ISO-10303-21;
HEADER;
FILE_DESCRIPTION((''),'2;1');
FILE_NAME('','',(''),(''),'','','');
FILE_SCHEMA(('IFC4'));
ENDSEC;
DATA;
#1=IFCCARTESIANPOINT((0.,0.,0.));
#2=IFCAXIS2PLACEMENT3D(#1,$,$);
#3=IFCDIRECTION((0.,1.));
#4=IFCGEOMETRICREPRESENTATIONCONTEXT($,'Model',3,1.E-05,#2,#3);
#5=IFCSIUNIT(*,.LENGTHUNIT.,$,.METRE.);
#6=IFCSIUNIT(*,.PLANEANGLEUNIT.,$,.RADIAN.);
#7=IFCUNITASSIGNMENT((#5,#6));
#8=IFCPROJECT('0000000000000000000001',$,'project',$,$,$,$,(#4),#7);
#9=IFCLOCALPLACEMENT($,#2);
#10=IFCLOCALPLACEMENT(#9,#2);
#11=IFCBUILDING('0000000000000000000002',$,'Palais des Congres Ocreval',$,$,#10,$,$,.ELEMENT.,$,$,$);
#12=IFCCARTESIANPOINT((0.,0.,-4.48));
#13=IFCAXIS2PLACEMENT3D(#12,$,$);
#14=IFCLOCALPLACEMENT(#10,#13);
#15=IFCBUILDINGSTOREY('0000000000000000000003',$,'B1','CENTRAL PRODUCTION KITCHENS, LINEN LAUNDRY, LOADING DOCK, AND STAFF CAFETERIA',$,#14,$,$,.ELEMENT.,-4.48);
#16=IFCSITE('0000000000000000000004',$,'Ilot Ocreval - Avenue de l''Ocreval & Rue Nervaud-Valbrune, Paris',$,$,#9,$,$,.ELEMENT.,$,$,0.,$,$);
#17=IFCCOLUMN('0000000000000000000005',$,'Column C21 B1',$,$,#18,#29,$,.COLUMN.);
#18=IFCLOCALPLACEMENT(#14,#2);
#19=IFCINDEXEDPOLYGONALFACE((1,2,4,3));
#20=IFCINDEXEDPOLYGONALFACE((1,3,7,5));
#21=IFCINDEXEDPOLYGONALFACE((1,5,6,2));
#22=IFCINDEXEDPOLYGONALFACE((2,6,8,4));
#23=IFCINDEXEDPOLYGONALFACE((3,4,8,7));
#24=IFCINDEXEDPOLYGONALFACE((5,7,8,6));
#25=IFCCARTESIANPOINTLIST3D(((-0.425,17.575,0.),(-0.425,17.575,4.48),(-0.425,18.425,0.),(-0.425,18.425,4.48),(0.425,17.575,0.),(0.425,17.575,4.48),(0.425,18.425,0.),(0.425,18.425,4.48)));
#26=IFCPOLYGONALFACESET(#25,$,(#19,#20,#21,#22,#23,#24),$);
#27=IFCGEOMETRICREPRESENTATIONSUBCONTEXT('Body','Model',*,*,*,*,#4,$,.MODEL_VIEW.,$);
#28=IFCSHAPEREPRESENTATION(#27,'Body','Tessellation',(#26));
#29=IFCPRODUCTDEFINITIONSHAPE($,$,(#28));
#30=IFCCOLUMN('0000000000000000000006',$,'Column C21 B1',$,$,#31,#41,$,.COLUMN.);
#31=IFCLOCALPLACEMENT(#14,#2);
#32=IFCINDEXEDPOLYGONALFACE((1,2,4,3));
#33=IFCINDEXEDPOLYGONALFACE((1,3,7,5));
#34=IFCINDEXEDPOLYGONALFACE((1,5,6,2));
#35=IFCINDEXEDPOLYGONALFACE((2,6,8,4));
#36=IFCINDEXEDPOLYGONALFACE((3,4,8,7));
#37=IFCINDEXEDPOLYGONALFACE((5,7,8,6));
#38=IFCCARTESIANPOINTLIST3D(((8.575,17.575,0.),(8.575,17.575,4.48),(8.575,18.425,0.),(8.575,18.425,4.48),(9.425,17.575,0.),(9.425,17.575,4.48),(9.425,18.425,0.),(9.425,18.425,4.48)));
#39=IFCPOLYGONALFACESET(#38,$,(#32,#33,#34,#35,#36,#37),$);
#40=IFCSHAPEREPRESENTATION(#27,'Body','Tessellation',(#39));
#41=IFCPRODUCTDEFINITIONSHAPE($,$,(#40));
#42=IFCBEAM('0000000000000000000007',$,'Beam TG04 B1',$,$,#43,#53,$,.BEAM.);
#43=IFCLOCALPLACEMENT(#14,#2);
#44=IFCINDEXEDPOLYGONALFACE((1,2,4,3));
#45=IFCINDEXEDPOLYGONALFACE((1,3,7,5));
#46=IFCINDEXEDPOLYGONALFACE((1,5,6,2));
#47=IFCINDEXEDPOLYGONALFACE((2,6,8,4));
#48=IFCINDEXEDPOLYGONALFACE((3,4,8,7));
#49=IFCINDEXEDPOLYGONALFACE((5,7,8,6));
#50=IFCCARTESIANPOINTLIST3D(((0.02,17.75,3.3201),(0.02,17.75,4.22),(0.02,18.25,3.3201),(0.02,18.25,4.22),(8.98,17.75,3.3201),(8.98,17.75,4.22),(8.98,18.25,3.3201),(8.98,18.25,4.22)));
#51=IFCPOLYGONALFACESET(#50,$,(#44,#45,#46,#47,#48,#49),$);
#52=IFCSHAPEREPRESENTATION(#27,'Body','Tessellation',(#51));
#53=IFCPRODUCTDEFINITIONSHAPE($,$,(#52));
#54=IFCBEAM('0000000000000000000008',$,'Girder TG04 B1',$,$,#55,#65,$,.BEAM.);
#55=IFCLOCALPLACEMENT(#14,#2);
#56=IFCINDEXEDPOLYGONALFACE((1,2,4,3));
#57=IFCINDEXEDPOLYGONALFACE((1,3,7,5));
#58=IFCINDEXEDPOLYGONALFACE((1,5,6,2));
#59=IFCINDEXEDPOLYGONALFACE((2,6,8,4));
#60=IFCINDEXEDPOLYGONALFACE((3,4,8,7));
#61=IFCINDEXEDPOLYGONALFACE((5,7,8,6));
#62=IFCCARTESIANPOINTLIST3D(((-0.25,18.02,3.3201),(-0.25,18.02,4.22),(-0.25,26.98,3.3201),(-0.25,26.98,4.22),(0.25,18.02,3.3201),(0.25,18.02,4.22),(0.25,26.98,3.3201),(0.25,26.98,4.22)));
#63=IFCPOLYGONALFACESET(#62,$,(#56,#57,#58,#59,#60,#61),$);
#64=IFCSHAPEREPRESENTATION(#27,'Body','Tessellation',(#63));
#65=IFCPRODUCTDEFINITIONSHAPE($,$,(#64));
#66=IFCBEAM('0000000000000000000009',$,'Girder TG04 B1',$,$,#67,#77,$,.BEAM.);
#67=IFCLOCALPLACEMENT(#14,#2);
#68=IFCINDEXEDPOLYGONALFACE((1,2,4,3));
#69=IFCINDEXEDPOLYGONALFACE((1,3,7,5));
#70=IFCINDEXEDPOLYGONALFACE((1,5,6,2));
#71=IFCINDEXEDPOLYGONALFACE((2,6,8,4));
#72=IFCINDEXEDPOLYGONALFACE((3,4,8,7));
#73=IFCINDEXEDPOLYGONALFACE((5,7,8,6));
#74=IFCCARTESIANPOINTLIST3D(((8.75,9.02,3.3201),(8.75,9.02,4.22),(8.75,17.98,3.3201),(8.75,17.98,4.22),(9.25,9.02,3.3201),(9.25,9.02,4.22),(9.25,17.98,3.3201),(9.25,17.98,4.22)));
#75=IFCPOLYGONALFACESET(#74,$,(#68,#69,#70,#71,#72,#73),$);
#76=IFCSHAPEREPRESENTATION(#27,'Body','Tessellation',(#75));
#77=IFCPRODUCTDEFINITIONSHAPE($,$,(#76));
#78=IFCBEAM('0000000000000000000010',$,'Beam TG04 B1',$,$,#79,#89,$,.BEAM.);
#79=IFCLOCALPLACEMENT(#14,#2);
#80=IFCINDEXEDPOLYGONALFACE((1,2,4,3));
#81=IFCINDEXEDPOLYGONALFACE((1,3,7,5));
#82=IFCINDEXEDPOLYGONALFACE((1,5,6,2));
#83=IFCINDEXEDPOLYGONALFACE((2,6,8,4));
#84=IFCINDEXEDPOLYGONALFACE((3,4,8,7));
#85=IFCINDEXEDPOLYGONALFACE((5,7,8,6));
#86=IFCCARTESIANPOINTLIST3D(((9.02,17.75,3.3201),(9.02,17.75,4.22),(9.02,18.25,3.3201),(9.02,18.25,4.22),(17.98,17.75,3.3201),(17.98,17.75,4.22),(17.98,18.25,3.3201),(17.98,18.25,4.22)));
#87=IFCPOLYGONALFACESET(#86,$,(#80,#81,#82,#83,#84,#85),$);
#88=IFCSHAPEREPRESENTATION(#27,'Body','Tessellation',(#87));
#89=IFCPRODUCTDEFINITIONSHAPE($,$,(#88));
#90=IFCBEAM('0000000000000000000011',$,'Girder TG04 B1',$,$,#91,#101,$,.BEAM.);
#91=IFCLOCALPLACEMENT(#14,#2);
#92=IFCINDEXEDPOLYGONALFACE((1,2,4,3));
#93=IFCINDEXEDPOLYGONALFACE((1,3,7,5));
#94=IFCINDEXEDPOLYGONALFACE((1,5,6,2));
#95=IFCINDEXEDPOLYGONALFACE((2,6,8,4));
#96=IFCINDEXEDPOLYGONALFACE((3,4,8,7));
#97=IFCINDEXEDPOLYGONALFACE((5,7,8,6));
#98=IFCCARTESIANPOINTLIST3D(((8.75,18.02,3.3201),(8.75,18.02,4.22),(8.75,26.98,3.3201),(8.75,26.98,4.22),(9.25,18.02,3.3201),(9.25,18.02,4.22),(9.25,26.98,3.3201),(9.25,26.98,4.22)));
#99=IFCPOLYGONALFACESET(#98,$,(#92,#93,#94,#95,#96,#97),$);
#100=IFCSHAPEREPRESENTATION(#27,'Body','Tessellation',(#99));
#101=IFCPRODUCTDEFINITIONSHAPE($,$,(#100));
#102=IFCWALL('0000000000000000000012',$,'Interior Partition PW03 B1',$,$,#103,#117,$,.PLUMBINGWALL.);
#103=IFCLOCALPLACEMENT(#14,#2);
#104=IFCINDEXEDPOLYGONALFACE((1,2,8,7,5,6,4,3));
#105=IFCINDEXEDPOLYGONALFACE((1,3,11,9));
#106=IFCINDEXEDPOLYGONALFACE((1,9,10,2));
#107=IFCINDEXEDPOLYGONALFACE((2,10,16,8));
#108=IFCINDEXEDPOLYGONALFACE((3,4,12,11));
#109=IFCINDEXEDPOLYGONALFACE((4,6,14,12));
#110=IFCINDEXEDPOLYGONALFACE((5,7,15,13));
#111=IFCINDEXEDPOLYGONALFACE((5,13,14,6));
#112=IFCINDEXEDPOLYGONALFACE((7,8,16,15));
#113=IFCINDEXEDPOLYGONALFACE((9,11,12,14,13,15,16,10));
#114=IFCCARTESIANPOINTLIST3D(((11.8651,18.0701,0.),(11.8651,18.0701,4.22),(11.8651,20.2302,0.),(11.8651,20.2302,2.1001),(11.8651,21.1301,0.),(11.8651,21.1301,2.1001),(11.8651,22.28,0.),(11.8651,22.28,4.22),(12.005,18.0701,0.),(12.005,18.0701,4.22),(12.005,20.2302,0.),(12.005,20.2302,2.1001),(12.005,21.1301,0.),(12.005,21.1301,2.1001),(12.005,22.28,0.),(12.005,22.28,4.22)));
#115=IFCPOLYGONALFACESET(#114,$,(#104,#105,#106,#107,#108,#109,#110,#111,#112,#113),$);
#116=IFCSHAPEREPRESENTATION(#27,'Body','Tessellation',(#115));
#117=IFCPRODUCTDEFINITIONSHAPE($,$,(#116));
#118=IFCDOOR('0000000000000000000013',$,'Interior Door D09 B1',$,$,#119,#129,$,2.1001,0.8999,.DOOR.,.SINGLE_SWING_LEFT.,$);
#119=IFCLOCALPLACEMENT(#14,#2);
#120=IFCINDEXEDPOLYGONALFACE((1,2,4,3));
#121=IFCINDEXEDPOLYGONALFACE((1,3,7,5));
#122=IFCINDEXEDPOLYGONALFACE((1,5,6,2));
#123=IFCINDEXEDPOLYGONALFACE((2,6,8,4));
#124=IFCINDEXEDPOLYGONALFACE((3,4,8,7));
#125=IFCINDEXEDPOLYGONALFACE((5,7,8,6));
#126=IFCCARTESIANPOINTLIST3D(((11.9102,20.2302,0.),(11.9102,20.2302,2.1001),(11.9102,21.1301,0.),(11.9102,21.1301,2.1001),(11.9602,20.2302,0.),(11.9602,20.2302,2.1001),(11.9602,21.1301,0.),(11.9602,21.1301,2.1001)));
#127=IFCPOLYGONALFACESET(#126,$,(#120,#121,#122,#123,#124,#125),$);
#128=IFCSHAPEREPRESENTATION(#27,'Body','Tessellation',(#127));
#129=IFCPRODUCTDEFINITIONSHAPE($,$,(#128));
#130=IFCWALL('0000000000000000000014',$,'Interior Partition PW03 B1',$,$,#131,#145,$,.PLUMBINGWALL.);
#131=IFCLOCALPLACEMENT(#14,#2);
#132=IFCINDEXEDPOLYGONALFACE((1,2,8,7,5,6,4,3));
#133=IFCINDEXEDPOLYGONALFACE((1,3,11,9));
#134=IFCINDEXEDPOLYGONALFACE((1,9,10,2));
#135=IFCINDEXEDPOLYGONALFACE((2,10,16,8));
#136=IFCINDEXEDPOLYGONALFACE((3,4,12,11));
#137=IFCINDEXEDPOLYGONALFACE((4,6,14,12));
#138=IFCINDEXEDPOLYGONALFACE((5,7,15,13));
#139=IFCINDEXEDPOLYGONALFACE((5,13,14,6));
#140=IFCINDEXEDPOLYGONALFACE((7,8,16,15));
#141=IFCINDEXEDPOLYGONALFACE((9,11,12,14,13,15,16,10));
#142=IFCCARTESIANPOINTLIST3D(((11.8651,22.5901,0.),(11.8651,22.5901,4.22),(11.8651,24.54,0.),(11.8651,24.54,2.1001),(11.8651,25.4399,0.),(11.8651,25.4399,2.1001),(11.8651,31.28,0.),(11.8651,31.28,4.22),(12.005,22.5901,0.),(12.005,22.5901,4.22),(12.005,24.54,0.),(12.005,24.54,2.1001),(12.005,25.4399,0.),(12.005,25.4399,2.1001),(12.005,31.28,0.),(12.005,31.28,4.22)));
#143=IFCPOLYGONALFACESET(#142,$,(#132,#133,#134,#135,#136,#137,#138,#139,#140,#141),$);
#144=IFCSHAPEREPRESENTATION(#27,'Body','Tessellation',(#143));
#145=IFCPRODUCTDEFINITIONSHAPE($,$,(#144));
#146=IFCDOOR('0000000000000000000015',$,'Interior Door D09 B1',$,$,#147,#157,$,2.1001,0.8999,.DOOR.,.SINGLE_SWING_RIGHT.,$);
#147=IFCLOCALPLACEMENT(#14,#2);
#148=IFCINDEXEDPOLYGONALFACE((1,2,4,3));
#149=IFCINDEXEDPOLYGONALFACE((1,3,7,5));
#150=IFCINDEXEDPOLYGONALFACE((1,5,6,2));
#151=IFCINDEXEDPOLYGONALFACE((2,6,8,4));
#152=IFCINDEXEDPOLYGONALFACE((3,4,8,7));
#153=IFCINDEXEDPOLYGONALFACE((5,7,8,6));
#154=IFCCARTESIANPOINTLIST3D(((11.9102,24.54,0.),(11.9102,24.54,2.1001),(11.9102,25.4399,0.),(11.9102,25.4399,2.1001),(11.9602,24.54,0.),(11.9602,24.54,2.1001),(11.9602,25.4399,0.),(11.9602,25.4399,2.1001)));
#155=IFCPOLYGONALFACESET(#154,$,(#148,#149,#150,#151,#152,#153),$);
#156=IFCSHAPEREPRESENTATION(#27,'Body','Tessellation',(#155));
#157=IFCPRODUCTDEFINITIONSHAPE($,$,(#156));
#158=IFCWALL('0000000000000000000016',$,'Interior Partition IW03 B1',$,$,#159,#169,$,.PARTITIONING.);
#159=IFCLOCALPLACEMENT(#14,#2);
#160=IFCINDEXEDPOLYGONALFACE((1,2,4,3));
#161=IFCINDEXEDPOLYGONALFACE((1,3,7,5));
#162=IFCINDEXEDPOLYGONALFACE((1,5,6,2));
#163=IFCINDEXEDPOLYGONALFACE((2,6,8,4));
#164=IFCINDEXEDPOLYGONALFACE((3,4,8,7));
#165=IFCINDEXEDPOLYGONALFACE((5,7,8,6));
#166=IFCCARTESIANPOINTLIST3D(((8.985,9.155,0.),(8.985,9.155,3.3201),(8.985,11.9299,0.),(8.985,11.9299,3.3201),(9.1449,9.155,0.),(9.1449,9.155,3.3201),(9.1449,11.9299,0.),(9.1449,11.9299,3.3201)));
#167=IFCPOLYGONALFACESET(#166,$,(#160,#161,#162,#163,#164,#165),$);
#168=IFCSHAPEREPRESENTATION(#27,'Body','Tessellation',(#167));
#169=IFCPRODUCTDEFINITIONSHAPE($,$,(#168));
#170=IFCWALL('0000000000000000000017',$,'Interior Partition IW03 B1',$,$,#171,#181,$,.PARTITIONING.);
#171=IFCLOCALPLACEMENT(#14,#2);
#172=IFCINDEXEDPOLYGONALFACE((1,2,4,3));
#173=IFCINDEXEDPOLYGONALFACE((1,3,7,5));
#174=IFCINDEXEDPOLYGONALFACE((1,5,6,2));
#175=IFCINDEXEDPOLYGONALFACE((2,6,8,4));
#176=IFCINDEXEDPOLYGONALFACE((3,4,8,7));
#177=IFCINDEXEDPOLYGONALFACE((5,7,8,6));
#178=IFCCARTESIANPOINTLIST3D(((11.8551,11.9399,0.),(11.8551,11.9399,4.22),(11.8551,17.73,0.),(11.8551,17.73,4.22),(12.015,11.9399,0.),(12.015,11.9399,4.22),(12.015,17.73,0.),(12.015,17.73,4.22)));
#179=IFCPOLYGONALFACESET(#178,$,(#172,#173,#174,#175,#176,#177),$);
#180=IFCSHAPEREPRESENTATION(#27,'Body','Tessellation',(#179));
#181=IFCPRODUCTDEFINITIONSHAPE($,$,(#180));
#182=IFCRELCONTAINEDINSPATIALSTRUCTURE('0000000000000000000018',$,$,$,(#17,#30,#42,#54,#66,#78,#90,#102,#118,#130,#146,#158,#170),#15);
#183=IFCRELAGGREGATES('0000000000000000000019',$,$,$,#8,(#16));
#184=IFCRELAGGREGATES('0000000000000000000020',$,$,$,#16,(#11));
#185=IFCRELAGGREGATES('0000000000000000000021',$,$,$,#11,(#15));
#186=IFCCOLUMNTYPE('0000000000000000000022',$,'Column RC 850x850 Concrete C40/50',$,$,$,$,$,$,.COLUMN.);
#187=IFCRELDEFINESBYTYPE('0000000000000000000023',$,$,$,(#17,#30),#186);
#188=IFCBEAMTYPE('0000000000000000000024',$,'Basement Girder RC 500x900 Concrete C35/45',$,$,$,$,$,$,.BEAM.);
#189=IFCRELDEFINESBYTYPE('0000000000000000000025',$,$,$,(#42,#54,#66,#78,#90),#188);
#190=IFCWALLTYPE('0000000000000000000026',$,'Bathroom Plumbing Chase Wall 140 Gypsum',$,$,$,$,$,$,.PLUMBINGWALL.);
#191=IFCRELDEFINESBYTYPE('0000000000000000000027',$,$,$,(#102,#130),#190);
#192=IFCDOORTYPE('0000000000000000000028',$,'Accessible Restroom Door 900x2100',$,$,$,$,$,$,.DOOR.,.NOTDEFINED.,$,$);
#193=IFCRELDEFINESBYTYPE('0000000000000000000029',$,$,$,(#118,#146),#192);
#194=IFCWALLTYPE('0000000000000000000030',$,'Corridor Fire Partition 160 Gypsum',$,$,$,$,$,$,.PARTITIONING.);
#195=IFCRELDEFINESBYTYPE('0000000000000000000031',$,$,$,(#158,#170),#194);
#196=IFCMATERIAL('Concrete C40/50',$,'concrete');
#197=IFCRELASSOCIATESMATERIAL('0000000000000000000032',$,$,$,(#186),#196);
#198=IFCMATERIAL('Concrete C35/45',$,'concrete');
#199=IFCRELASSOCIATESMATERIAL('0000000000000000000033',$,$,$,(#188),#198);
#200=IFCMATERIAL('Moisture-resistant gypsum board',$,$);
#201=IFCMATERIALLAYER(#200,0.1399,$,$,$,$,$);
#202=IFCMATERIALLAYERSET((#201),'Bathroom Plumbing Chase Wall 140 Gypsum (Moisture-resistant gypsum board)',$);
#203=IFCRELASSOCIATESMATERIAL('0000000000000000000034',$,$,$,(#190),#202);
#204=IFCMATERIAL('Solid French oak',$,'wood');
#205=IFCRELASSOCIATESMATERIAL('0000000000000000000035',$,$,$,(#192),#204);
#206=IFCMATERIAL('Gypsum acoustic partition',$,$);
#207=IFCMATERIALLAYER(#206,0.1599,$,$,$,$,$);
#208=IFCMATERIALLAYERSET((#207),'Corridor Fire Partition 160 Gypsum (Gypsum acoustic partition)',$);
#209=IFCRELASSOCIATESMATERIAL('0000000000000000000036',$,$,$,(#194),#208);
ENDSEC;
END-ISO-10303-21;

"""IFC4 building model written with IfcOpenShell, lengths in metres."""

from ifc_helpers import new_model, si_unit, direction, frame, frame_2d, origin, origin_2d, place, context, subcontext, project, spatial, rectangle, extrude, material, layer, layer_set, material_profile, profile_set, type_object, element, fill, save


model = new_model("IFC4")

# Units and contexts
model_context = context("Model", 3, precision=1e-05, world=origin(), true_north=direction((0.0, 1.0)))
body_context = subcontext(model_context, "Body", "Model", "MODEL_VIEW")
ifc_project = project(units=[si_unit("LENGTHUNIT", "METRE"), si_unit("PLANEANGLEUNIT", "RADIAN")], contexts=[model_context])

# Site, building, storey
site_placement = place(None, origin())
site = spatial("IfcSite", under=ifc_project, at=site_placement, Name="Ilot Ocreval - Avenue de l'Ocreval & Rue Nervaud-Valbrune, Paris", CompositionType="ELEMENT", RefElevation=0.0)
building_placement = place(site_placement, origin())
building = spatial("IfcBuilding", under=site, at=building_placement, Name="Palais des Congres Ocreval", CompositionType="ELEMENT")
storey_placement = place(building_placement, frame((0.0, 0.0, -4.48)))
storey = spatial("IfcBuildingStorey", under=building, at=storey_placement, Name="B1", Description="CENTRAL PRODUCTION KITCHENS, LINEN LAUNDRY, LOADING DOCK, AND STAFF CAFETERIA", CompositionType="ELEMENT", Elevation=-4.48)

# Columns
ifc_material_1 = material(Name="Concrete C40/50", Category="concrete")
ifc_material_profile_1 = material_profile(ifc_material_1, rectangle(XDim=0.8501, YDim=0.8501, at=origin_2d()), Name="RC 850x850")
ifc_profile_set_1 = profile_set([ifc_material_profile_1], Name="Concrete C40/50")
column_type = type_object("IfcColumnType", Name="Column RC 850x850 Concrete C40/50", PredefinedType="COLUMN", material=ifc_profile_set_1)
for number, where, z_axis, x_axis, name in (
    (1, (0.0, 18.0, 0.0), (0.0, 0.0, 1.0), (1.0, 0.0, 0.0), "Column C21 B1"),
    (2, (9.0, 18.0, 0.0), (0.0, 0.0, 1.0), (1.0, 0.0, 0.0), "Column C21 B1"),
):
    element("IfcColumn", number, at=place(storey_placement, frame(where, z_axis=z_axis, x_axis=x_axis)), inside=storey, type_object=column_type, Name=name, PredefinedType="COLUMN", context=body_context, shape_type="SweptSolid", body=[
        extrude(rectangle(XDim=0.8501, YDim=0.8501, at=origin_2d()), origin(), (0.0, 0.0, 1.0), 4.48),
    ])

# Beams
ifc_material_2 = material(Name="Concrete C35/45", Category="concrete")
ifc_material_profile_2 = material_profile(ifc_material_2, rectangle(XDim=0.5, YDim=0.8999, at=origin_2d()), Name="RC 500x900")
ifc_profile_set_2 = profile_set([ifc_material_profile_2], Name="Concrete C35/45")
beam_type = type_object("IfcBeamType", Name="Basement Girder RC 500x900 Concrete C35/45", PredefinedType="BEAM", material=ifc_profile_set_2)
for number, where, z_axis, x_axis, name in (
    (3, (0.02, 18.0, 3.77), (1.0, 0.0, 0.0), (0.0, 1.0, 0.0), "Beam TG04 B1"),
    (4, (0.0, 18.02, 3.77), (0.0, 1.0, 0.0), (-1.0, 0.0, 0.0), "Girder TG04 B1"),
    (5, (9.0, 9.02, 3.77), (0.0, 1.0, 0.0), (-1.0, 0.0, 0.0), "Girder TG04 B1"),
    (6, (9.02, 18.0, 3.77), (1.0, 0.0, 0.0), (0.0, 1.0, 0.0), "Beam TG04 B1"),
    (7, (9.0, 18.02, 3.77), (0.0, 1.0, 0.0), (-1.0, 0.0, 0.0), "Girder TG04 B1"),
):
    element("IfcBeam", number, at=place(storey_placement, frame(where, z_axis=z_axis, x_axis=x_axis)), inside=storey, type_object=beam_type, Name=name, PredefinedType="BEAM", context=body_context, shape_type="SweptSolid", body=[
        extrude(rectangle(XDim=0.5, YDim=0.8999, at=origin_2d()), origin(), (0.0, 0.0, 1.0), 8.96),
    ])

# Walls, openings, doors
ifc_material_3 = material(Name="Moisture-resistant gypsum board")
ifc_layer_1 = layer(ifc_material_3, 0.1399)
ifc_layer_set_1 = layer_set([ifc_layer_1], Name="Bathroom Plumbing Chase Wall 140 Gypsum (Moisture-resistant gypsum board)")
wall_type_1 = type_object("IfcWallType", Name="Bathroom Plumbing Chase Wall 140 Gypsum", PredefinedType="PLUMBINGWALL", material=ifc_layer_set_1)
wall_1_placement = place(storey_placement, frame((11.9351, 18.0701, 0.0), z_axis=(0.0, 0.0, 1.0), x_axis=(0.0, 1.0, 0.0)))
wall_1 = element("IfcWall", 8, at=wall_1_placement, inside=storey, type_object=wall_type_1, Name="Interior Partition PW03 B1", PredefinedType="PLUMBINGWALL", context=body_context, shape_type="SweptSolid", body=[
    extrude(rectangle(XDim=4.21, YDim=0.1399, at=frame_2d((2.105, 0.0))), origin(), (0.0, 0.0, 1.0), 4.22),
])
opening_1_placement = place(wall_1_placement, frame((2.1602, 0.0, 0.0)))
opening_1 = element("IfcOpeningElement", 9, at=opening_1_placement, cuts=wall_1, PredefinedType="OPENING", context=body_context, shape_type="SweptSolid", body=[
    extrude(rectangle(XDim=0.8999, YDim=2.1001, at=frame_2d((0.45, 1.05))), frame((0.0, 0.0798, 0.0), z_axis=(0.0, -1.0, 0.0), x_axis=(1.0, 0.0, 0.0)), (0.0, 0.0, 1.0), 0.1599),
])
ifc_material_4 = material(Name="Solid French oak", Category="wood")
door_type_1 = type_object("IfcDoorType", Name="Accessible Restroom Door 900x2100", OperationType="NOTDEFINED", PredefinedType="DOOR", material=ifc_material_4)
door_1_placement = place(opening_1_placement, origin())
door_1 = element("IfcDoor", 10, at=door_1_placement, inside=storey, type_object=door_type_1, Name="Interior Door D09 B1", OperationType="SINGLE_SWING_LEFT", OverallHeight=2.1001, OverallWidth=0.8999, PredefinedType="DOOR", context=body_context, shape_type="SweptSolid", body=[
    extrude(rectangle(XDim=0.8999, YDim=2.1001, at=frame_2d((0.45, 1.05))), frame((0.0, 0.0249, 0.0), z_axis=(0.0, -1.0, 0.0), x_axis=(1.0, 0.0, 0.0)), (0.0, 0.0, 1.0), 0.05),
])
fill(opening_1, door_1)
wall_2_placement = place(storey_placement, frame((11.9351, 22.5901, 0.0), z_axis=(0.0, 0.0, 1.0), x_axis=(0.0, 1.0, 0.0)))
wall_2 = element("IfcWall", 11, at=wall_2_placement, inside=storey, type_object=wall_type_1, Name="Interior Partition PW03 B1", PredefinedType="PLUMBINGWALL", context=body_context, shape_type="SweptSolid", body=[
    extrude(rectangle(XDim=8.6899, YDim=0.1399, at=frame_2d((4.345, 0.0))), origin(), (0.0, 0.0, 1.0), 4.22),
])
opening_2_placement = place(wall_2_placement, frame((1.95, 0.0, 0.0)))
opening_2 = element("IfcOpeningElement", 12, at=opening_2_placement, cuts=wall_2, PredefinedType="OPENING", context=body_context, shape_type="SweptSolid", body=[
    extrude(rectangle(XDim=0.8999, YDim=2.1001, at=frame_2d((0.45, 1.05))), frame((0.0, 0.0798, 0.0), z_axis=(0.0, -1.0, 0.0), x_axis=(1.0, 0.0, 0.0)), (0.0, 0.0, 1.0), 0.1599),
])
door_2_placement = place(opening_2_placement, origin())
door_2 = element("IfcDoor", 13, at=door_2_placement, inside=storey, type_object=door_type_1, Name="Interior Door D09 B1", OperationType="SINGLE_SWING_RIGHT", OverallHeight=2.1001, OverallWidth=0.8999, PredefinedType="DOOR", context=body_context, shape_type="SweptSolid", body=[
    extrude(rectangle(XDim=0.8999, YDim=2.1001, at=frame_2d((0.45, 1.05))), frame((0.0, 0.0249, 0.0), z_axis=(0.0, -1.0, 0.0), x_axis=(1.0, 0.0, 0.0)), (0.0, 0.0, 1.0), 0.05),
])
fill(opening_2, door_2)

# Walls
ifc_material_5 = material(Name="Gypsum acoustic partition")
ifc_layer_2 = layer(ifc_material_5, 0.1599)
ifc_layer_set_2 = layer_set([ifc_layer_2], Name="Corridor Fire Partition 160 Gypsum (Gypsum acoustic partition)")
wall_type_2 = type_object("IfcWallType", Name="Corridor Fire Partition 160 Gypsum", PredefinedType="PARTITIONING", material=ifc_layer_set_2)
wall_3_placement = place(storey_placement, frame((9.0649, 9.155, 0.0), z_axis=(0.0, 0.0, 1.0), x_axis=(0.0, 1.0, 0.0)))
element("IfcWall", 14, at=wall_3_placement, inside=storey, type_object=wall_type_2, Name="Interior Partition IW03 B1", PredefinedType="PARTITIONING", context=body_context, shape_type="SweptSolid", body=[
    extrude(rectangle(XDim=2.7749, YDim=0.1599, at=frame_2d((1.3875, 0.0))), origin(), (0.0, 0.0, 1.0), 3.3201),
])
wall_4_placement = place(storey_placement, frame((11.9351, 11.9399, 0.0), z_axis=(0.0, 0.0, 1.0), x_axis=(0.0, 1.0, 0.0)))
element("IfcWall", 15, at=wall_4_placement, inside=storey, type_object=wall_type_2, Name="Interior Partition IW03 B1", PredefinedType="PARTITIONING", context=body_context, shape_type="SweptSolid", body=[
    extrude(rectangle(XDim=5.79, YDim=0.1599, at=frame_2d((2.895, 0.0))), origin(), (0.0, 0.0, 1.0), 4.22),
])

save(model, "model.ifc")
